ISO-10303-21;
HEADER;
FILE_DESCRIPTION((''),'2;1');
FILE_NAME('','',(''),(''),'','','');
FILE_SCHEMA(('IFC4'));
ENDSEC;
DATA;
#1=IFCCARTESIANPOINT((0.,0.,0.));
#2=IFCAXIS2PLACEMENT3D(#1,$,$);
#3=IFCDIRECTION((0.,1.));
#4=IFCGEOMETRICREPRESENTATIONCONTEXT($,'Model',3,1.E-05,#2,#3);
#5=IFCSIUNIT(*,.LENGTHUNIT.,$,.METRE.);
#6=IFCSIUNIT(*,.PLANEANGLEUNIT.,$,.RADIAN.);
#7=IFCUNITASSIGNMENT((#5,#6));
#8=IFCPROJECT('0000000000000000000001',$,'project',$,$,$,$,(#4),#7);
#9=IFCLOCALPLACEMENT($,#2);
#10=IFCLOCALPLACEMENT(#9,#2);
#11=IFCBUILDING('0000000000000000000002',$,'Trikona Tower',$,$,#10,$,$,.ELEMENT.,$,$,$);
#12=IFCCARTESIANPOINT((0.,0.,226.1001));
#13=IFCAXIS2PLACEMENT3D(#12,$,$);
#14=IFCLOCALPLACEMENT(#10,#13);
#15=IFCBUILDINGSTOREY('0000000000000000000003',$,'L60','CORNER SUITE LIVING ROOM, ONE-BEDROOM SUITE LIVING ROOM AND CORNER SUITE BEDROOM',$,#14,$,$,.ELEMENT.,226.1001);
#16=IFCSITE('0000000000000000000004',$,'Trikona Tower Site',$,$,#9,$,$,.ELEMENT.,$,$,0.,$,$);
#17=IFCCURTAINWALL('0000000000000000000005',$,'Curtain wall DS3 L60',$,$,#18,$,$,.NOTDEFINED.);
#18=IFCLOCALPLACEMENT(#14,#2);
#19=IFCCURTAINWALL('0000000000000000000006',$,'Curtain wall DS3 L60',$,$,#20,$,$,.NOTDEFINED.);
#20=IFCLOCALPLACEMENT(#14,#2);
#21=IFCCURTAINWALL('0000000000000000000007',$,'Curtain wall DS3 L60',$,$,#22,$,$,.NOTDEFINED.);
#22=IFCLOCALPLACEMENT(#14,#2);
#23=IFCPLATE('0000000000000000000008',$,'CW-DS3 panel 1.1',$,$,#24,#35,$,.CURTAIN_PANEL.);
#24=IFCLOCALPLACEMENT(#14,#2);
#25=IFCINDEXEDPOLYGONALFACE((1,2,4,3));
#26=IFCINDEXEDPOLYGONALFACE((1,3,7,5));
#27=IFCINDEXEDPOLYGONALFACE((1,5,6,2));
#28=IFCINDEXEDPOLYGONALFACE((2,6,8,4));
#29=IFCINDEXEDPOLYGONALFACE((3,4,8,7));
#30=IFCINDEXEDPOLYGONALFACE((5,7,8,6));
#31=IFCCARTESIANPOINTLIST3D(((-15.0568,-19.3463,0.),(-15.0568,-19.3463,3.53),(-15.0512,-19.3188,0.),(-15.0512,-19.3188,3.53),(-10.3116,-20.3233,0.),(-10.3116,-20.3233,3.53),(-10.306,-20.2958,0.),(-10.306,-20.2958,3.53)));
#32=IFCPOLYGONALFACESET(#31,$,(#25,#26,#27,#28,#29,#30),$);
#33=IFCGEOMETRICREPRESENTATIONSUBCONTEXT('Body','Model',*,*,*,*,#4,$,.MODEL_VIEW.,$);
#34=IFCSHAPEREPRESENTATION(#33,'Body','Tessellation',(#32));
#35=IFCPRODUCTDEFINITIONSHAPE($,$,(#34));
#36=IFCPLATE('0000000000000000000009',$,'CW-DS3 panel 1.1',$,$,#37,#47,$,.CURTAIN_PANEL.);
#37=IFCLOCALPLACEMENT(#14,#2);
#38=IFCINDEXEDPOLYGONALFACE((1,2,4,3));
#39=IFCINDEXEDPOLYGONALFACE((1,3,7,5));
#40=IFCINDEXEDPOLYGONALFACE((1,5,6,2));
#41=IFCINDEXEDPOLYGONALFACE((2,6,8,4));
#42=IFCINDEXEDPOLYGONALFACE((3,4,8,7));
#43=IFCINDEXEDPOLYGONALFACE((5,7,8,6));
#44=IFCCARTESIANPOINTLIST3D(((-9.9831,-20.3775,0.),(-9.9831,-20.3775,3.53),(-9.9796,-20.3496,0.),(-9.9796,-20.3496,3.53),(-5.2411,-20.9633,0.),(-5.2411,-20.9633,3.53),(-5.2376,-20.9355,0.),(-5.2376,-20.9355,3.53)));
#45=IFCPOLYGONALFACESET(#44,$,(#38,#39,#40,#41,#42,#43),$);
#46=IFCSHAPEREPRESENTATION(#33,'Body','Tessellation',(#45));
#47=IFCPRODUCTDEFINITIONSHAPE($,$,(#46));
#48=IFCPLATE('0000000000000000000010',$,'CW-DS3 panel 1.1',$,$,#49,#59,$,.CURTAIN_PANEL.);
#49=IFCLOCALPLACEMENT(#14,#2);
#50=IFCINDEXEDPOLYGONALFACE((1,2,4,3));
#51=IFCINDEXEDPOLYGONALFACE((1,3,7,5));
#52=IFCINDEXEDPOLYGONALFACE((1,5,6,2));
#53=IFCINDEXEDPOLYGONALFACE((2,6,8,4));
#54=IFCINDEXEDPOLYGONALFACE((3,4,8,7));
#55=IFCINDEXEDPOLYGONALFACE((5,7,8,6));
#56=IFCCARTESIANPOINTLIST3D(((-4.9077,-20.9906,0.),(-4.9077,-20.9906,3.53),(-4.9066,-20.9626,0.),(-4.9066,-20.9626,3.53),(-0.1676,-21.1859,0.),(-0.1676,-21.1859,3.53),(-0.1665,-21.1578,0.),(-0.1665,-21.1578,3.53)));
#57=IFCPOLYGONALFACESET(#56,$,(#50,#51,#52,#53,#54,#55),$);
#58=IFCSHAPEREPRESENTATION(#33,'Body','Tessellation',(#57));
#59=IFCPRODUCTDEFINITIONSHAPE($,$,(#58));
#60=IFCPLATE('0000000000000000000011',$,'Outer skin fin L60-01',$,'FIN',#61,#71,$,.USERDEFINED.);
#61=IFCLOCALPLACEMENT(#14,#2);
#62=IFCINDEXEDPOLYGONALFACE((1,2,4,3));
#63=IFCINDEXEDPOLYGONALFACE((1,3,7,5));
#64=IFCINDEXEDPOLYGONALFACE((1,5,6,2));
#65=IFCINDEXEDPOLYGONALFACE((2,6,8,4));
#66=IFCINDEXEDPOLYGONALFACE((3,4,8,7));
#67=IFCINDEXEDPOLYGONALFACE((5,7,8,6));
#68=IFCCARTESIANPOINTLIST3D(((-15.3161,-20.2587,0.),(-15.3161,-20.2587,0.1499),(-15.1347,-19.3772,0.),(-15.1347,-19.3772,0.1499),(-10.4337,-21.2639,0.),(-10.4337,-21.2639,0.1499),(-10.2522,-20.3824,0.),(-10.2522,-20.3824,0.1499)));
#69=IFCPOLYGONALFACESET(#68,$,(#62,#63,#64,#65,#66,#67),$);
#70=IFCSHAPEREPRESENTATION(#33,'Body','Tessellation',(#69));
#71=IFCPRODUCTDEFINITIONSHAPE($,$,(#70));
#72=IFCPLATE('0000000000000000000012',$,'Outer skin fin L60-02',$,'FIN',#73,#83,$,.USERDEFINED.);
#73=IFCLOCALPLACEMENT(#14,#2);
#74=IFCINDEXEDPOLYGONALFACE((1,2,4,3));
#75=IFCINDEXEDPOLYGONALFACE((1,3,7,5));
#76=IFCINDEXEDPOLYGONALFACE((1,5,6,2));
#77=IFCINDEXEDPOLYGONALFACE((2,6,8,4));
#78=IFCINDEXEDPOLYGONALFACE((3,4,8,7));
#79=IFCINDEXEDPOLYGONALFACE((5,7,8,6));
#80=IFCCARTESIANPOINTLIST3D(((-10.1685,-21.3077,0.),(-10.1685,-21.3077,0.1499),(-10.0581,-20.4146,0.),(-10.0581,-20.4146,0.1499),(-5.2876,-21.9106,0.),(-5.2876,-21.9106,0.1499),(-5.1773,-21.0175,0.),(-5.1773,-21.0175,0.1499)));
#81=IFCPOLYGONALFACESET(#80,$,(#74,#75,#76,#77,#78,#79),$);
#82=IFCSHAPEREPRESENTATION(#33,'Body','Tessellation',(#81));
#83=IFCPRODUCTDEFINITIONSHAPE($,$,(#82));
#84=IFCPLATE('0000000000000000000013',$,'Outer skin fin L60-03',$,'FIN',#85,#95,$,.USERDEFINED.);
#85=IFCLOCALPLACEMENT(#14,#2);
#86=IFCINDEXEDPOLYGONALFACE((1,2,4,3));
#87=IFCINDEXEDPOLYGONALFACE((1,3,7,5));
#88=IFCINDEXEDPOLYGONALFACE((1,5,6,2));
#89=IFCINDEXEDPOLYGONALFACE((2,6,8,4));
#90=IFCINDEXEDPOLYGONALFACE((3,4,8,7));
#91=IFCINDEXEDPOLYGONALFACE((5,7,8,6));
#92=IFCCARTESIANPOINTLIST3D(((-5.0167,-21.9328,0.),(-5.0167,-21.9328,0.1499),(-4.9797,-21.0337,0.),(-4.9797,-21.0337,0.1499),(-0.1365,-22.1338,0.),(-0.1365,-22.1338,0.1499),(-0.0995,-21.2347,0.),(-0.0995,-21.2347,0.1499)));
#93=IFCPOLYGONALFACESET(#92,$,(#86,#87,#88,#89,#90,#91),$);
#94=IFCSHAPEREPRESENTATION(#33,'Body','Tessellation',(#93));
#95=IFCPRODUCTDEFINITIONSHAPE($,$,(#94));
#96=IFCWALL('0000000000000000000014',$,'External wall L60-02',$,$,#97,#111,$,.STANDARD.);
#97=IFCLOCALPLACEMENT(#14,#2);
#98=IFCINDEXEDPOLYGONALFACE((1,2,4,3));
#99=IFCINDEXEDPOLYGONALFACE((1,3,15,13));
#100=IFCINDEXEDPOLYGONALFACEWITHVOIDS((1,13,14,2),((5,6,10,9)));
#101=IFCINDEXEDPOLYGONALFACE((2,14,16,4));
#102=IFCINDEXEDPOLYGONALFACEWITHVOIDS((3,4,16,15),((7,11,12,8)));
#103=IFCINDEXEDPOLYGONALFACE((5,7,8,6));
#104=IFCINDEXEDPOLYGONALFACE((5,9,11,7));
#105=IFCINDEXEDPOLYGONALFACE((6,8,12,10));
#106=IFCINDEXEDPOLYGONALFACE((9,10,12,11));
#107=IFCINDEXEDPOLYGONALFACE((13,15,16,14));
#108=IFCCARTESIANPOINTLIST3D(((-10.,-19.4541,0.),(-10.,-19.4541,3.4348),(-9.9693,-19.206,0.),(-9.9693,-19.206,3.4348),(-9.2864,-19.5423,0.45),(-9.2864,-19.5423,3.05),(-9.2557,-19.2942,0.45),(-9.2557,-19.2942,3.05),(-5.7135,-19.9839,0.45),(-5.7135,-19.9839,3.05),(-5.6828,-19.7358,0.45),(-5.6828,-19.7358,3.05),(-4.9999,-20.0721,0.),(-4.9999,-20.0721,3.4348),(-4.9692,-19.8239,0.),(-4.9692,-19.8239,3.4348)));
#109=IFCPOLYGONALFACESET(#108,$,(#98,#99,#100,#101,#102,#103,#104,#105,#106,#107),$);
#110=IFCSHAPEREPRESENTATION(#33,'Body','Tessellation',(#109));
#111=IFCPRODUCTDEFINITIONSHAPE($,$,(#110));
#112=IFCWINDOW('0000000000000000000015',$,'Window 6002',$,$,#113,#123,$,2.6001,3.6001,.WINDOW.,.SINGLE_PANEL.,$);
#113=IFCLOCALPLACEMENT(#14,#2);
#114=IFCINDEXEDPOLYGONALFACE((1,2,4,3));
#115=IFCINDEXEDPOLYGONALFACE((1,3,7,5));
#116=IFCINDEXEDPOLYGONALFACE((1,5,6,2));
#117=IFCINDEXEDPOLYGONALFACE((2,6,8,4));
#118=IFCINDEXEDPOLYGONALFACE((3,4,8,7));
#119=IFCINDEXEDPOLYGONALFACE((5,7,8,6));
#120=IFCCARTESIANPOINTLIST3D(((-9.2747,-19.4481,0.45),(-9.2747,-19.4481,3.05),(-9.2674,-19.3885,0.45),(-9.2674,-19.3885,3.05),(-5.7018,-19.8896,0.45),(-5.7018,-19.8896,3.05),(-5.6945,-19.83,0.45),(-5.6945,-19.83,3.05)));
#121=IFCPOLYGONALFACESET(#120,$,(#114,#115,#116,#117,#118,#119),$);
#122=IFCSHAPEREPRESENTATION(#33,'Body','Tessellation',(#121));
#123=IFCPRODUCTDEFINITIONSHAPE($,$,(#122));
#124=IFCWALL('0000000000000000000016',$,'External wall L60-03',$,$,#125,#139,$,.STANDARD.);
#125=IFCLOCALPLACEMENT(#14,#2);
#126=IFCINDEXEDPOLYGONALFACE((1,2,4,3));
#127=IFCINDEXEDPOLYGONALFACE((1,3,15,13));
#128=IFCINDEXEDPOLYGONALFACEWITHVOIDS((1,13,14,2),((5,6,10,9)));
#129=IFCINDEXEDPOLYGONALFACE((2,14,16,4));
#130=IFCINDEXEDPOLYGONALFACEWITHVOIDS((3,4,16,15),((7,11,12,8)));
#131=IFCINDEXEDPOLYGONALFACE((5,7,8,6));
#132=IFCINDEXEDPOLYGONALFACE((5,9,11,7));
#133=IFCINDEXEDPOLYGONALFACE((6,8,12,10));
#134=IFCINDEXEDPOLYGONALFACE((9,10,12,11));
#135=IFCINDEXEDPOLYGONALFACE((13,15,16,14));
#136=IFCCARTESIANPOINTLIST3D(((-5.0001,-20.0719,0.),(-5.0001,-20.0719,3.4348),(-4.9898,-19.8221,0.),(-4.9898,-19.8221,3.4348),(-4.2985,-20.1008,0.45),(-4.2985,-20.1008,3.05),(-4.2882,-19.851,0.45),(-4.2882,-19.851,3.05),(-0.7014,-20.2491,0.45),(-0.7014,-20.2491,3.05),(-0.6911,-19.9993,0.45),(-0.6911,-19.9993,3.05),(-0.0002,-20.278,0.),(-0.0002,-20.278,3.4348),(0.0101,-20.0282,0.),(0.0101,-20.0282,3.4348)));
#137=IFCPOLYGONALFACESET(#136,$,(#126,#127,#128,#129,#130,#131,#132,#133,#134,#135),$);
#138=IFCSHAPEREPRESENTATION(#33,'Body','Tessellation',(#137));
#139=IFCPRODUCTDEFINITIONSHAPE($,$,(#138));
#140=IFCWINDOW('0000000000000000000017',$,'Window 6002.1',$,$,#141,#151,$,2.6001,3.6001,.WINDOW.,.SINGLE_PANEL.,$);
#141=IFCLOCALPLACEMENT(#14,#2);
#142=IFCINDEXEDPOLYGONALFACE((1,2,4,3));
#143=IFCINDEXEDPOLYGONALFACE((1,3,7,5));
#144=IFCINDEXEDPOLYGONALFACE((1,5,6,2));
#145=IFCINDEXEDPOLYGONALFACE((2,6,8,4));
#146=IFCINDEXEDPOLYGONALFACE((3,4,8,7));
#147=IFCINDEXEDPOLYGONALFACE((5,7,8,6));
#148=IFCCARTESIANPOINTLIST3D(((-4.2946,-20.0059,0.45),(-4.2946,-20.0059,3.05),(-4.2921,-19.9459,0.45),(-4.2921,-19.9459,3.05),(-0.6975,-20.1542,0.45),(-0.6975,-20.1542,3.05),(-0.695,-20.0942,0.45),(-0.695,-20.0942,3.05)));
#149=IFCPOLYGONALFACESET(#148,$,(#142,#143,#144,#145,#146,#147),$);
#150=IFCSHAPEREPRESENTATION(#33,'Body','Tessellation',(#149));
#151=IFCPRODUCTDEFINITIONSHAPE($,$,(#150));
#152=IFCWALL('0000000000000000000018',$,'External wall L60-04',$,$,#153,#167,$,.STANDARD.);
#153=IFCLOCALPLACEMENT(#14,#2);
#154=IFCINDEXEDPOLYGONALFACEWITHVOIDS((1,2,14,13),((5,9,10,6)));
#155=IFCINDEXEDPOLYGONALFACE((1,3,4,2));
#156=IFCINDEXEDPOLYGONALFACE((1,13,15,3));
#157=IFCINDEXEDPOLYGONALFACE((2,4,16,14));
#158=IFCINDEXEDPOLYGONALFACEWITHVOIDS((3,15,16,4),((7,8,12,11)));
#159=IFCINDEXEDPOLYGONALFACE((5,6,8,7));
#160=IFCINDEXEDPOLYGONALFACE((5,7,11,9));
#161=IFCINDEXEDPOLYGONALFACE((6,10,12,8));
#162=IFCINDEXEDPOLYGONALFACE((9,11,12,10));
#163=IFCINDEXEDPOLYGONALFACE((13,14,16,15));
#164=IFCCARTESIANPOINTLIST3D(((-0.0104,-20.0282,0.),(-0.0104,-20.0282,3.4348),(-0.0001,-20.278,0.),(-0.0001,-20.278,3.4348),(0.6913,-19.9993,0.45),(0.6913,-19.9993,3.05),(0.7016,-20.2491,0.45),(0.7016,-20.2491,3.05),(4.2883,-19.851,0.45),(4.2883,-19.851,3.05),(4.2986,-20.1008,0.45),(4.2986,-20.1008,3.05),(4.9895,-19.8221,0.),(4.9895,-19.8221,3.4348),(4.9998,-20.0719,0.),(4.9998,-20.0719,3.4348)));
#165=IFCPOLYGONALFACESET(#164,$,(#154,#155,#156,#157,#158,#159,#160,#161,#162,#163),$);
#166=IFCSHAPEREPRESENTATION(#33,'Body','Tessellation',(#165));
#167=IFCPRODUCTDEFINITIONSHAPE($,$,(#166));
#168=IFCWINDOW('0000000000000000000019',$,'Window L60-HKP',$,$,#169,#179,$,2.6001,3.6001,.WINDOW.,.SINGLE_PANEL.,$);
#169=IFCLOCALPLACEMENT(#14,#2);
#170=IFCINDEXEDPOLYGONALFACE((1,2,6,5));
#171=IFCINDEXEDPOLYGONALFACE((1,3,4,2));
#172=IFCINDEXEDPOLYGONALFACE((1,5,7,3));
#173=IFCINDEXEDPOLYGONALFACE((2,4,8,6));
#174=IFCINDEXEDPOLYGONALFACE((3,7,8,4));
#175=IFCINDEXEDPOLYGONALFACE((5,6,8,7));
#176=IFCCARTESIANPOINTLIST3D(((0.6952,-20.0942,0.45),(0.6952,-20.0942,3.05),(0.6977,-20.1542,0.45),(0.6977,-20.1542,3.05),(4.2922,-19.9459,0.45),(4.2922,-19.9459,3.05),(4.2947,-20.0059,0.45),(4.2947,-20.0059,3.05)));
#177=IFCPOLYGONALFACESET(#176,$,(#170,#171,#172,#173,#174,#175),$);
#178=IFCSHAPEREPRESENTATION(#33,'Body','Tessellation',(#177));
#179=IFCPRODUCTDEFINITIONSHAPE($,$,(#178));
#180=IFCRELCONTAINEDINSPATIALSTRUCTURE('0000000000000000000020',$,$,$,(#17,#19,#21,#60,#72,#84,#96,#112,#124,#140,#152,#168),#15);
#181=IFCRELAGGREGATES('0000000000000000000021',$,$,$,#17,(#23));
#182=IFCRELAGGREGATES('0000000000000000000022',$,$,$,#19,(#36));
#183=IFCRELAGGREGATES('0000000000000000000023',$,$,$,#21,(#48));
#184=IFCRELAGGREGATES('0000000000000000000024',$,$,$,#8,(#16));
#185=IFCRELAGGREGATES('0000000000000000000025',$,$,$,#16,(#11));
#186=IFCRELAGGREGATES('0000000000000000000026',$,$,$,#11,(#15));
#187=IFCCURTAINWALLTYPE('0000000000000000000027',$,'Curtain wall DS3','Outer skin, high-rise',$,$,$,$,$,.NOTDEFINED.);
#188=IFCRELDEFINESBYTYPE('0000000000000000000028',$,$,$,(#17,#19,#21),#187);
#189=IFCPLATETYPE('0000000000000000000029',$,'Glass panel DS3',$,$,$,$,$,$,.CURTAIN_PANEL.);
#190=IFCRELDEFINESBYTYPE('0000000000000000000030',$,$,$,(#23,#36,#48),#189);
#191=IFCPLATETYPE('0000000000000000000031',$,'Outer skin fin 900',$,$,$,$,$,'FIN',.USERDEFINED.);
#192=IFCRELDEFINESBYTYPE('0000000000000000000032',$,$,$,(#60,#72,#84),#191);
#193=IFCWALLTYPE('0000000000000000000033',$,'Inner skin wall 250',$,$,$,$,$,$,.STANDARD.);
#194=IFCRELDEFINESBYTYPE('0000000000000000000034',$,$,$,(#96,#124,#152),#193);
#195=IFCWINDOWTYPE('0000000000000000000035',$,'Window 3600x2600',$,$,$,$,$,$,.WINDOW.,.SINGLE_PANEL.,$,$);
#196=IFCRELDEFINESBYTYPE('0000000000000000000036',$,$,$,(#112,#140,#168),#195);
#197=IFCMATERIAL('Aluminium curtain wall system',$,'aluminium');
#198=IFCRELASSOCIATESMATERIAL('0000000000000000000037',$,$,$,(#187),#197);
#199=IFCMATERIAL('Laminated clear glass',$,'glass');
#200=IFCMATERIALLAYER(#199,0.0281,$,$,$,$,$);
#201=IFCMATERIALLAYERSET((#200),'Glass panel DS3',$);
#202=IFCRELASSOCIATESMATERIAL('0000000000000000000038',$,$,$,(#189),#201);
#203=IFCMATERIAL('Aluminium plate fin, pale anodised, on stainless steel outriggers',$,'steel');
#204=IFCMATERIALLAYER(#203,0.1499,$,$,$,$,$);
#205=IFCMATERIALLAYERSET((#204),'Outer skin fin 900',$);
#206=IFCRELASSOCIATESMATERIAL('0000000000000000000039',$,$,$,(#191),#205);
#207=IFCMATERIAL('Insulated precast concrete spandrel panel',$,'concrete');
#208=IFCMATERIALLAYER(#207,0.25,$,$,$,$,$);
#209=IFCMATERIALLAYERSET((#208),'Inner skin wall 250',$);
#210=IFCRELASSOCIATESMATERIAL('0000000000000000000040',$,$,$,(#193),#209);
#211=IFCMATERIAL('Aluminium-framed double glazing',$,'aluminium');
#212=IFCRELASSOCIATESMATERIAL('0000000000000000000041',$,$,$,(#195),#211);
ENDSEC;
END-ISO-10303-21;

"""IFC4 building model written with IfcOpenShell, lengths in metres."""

from ifc_helpers import new_model, si_unit, direction, frame, frame_2d, origin, origin_2d, place, context, subcontext, project, spatial, rectangle, extrude, material, layer, layer_set, type_object, element, fill, aggregate, save


model = new_model("IFC4")

# Units and contexts
model_context = context("Model", 3, precision=1e-05, world=origin(), true_north=direction((0.0, 1.0)))
body_context = subcontext(model_context, "Body", "Model", "MODEL_VIEW")
ifc_project = project(units=[si_unit("LENGTHUNIT", "METRE"), si_unit("PLANEANGLEUNIT", "RADIAN")], contexts=[model_context])

# Site, building, storey
site_placement = place(None, origin())
site = spatial("IfcSite", under=ifc_project, at=site_placement, Name="Trikona Tower Site", CompositionType="ELEMENT", RefElevation=0.0)
building_placement = place(site_placement, origin())
building = spatial("IfcBuilding", under=site, at=building_placement, Name="Trikona Tower", CompositionType="ELEMENT")
storey_placement = place(building_placement, frame((0.0, 0.0, 226.1001)))
storey = spatial("IfcBuildingStorey", under=building, at=storey_placement, Name="L60", Description="CORNER SUITE LIVING ROOM, ONE-BEDROOM SUITE LIVING ROOM AND CORNER SUITE BEDROOM", CompositionType="ELEMENT", Elevation=226.1001)

# Curtain wall
ifc_material_1 = material(Name="Aluminium curtain wall system", Category="aluminium")
curtain_wall_type = type_object("IfcCurtainWallType", Name="Curtain wall DS3", Description="Outer skin, high-rise", PredefinedType="NOTDEFINED", material=ifc_material_1)
curtain_wall_1_placement = place(storey_placement, origin())
curtain_wall_1 = element("IfcCurtainWall", 1, at=curtain_wall_1_placement, inside=storey, type_object=curtain_wall_type, Name="Curtain wall DS3 L60", PredefinedType="NOTDEFINED")

# Curtain walls
curtain_wall_2_placement = place(storey_placement, origin())
curtain_wall_2 = element("IfcCurtainWall", 2, at=curtain_wall_2_placement, inside=storey, type_object=curtain_wall_type, Name="Curtain wall DS3 L60", PredefinedType="NOTDEFINED")
curtain_wall_3_placement = place(storey_placement, origin())
curtain_wall_3 = element("IfcCurtainWall", 3, at=curtain_wall_3_placement, inside=storey, type_object=curtain_wall_type, Name="Curtain wall DS3 L60", PredefinedType="NOTDEFINED")

# Plates
ifc_material_2 = material(Name="Laminated clear glass", Category="glass")
ifc_layer_1 = layer(ifc_material_2, 0.0281)
ifc_layer_set_1 = layer_set([ifc_layer_1], Name="Glass panel DS3")
plate_type_1 = type_object("IfcPlateType", Name="Glass panel DS3", PredefinedType="CURTAIN_PANEL", material=ifc_layer_set_1)
plate_1_placement = place(storey_placement, frame((-12.6814, -19.821, 0.0), z_axis=(0.0, 0.0, 1.0), x_axis=(0.979457, -0.201653, 0.0)))
plate_1 = element("IfcPlate", 4, at=plate_1_placement, type_object=plate_type_1, Name="CW-DS3 panel 1.1", PredefinedType="CURTAIN_PANEL", context=body_context, shape_type="SweptSolid", body=[
    extrude(rectangle(XDim=4.8447, YDim=0.0281, at=origin_2d()), origin(), (0.0, 0.0, 1.0), 3.53),
])
aggregate(curtain_wall_1, [plate_1])
plate_2_placement = place(storey_placement, frame((-7.6104, -20.6565, 0.0), z_axis=(0.0, 0.0, 1.0), x_axis=(0.992455, -0.122611, 0.0)))
plate_2 = element("IfcPlate", 5, at=plate_2_placement, type_object=plate_type_1, Name="CW-DS3 panel 1.1", PredefinedType="CURTAIN_PANEL", context=body_context, shape_type="SweptSolid", body=[
    extrude(rectangle(XDim=4.7781, YDim=0.0281, at=origin_2d()), origin(), (0.0, 0.0, 1.0), 3.53),
])
aggregate(curtain_wall_2, [plate_2])
plate_3_placement = place(storey_placement, frame((-2.5371, -21.0742, 0.0), z_axis=(0.0, 0.0, 1.0), x_axis=(0.999153, -0.041153, 0.0)))
plate_3 = element("IfcPlate", 6, at=plate_3_placement, type_object=plate_type_1, Name="CW-DS3 panel 1.1", PredefinedType="CURTAIN_PANEL", context=body_context, shape_type="SweptSolid", body=[
    extrude(rectangle(XDim=4.7441, YDim=0.0281, at=origin_2d()), origin(), (0.0, 0.0, 1.0), 3.53),
])
aggregate(curtain_wall_3, [plate_3])

# Plates
ifc_material_3 = material(Name="Aluminium plate fin, pale anodised, on stainless steel outriggers", Category="steel")
ifc_layer_2 = layer(ifc_material_3, 0.1499)
ifc_layer_set_2 = layer_set([ifc_layer_2], Name="Outer skin fin 900")
plate_type_2 = type_object("IfcPlateType", Name="Outer skin fin 900", ElementType="FIN", PredefinedType="USERDEFINED", material=ifc_layer_set_2)
plate_4_placement = place(storey_placement, frame((-12.7842, -20.3206, 0.0), z_axis=(0.0, 0.0, 1.0), x_axis=(0.979458, -0.201651, 0.0)))
element("IfcPlate", 7, at=plate_4_placement, inside=storey, type_object=plate_type_2, Name="Outer skin fin L60-01", ObjectType="FIN", PredefinedType="USERDEFINED", context=body_context, shape_type="SweptSolid", body=[
    extrude(rectangle(XDim=4.9849, YDim=0.8999, at=origin_2d()), origin(), (0.0, 0.0, 1.0), 0.1499),
])
plate_5_placement = place(storey_placement, frame((-7.6729, -21.1626, 0.0), z_axis=(0.0, 0.0, 1.0), x_axis=(0.992455, -0.122607, 0.0)))
element("IfcPlate", 8, at=plate_5_placement, inside=storey, type_object=plate_type_2, Name="Outer skin fin L60-02", ObjectType="FIN", PredefinedType="USERDEFINED", context=body_context, shape_type="SweptSolid", body=[
    extrude(rectangle(XDim=4.918, YDim=0.8999, at=origin_2d()), origin(), (0.0, 0.0, 1.0), 0.1499),
])
plate_6_placement = place(storey_placement, frame((-2.5581, -21.5837, 0.0), z_axis=(0.0, 0.0, 1.0), x_axis=(0.999153, -0.041145, 0.0)))
element("IfcPlate", 9, at=plate_6_placement, inside=storey, type_object=plate_type_2, Name="Outer skin fin L60-03", ObjectType="FIN", PredefinedType="USERDEFINED", context=body_context, shape_type="SweptSolid", body=[
    extrude(rectangle(XDim=4.8843, YDim=0.8999, at=origin_2d()), origin(), (0.0, 0.0, 1.0), 0.1499),
])

# Walls, openings, windows
ifc_material_4 = material(Name="Insulated precast concrete spandrel panel", Category="concrete")
ifc_layer_3 = layer(ifc_material_4, 0.25)
ifc_layer_set_3 = layer_set([ifc_layer_3], Name="Inner skin wall 250")
wall_type = type_object("IfcWallType", Name="Inner skin wall 250", PredefinedType="STANDARD", material=ifc_layer_set_3)
wall_1_placement = place(storey_placement, frame((-9.9846, -19.3301, 0.0), z_axis=(0.0, 0.0, 1.0), x_axis=(0.99245, -0.122651, 0.0)))
wall_1 = element("IfcWall", 10, at=wall_1_placement, inside=storey, type_object=wall_type, Name="External wall L60-02", PredefinedType="STANDARD", context=body_context, shape_type="SweptSolid", body=[
    extrude(rectangle(XDim=5.0381, YDim=0.25, at=frame_2d((2.519, 0.0))), origin(), (0.0, 0.0, 1.0), 3.4348),
])
opening_1_placement = place(wall_1_placement, frame((0.719, 0.0, 0.45)))
opening_1 = element("IfcOpeningElement", 11, at=opening_1_placement, cuts=wall_1, PredefinedType="OPENING", context=body_context, shape_type="SweptSolid", body=[
    extrude(rectangle(XDim=3.6001, YDim=2.6001, at=frame_2d((1.8, 1.3))), frame((0.0, 0.135, 0.0), z_axis=(0.0, -1.0, 0.0), x_axis=(1.0, 0.0, 0.0)), (0.0, 0.0, 1.0), 0.27),
])
ifc_material_5 = material(Name="Aluminium-framed double glazing", Category="aluminium")
window_type = type_object("IfcWindowType", Name="Window 3600x2600", PartitioningType="SINGLE_PANEL", PredefinedType="WINDOW", material=ifc_material_5)
window_1_placement = place(opening_1_placement, origin())
window_1 = element("IfcWindow", 12, at=window_1_placement, inside=storey, type_object=window_type, Name="Window 6002", OverallHeight=2.6001, OverallWidth=3.6001, PartitioningType="SINGLE_PANEL", PredefinedType="WINDOW", context=body_context, shape_type="SweptSolid", body=[
    extrude(rectangle(XDim=3.6001, YDim=2.6001, at=frame_2d((1.8, 1.3))), frame((0.0, 0.03, 0.0), z_axis=(0.0, -1.0, 0.0), x_axis=(1.0, 0.0, 0.0)), (0.0, 0.0, 1.0), 0.0601),
])
fill(opening_1, window_1)
wall_2_placement = place(storey_placement, frame((-4.9949, -19.947, 0.0), z_axis=(0.0, 0.0, 1.0), x_axis=(0.999152, -0.041176, 0.0)))
wall_2 = element("IfcWall", 13, at=wall_2_placement, inside=storey, type_object=wall_type, Name="External wall L60-03", PredefinedType="STANDARD", context=body_context, shape_type="SweptSolid", body=[
    extrude(rectangle(XDim=5.0042, YDim=0.25, at=frame_2d((2.502, 0.0))), origin(), (0.0, 0.0, 1.0), 3.4348),
])
opening_2_placement = place(wall_2_placement, frame((0.7021, 0.0, 0.45)))
opening_2 = element("IfcOpeningElement", 14, at=opening_2_placement, cuts=wall_2, PredefinedType="OPENING", context=body_context, shape_type="SweptSolid", body=[
    extrude(rectangle(XDim=3.6001, YDim=2.6001, at=frame_2d((1.8, 1.3))), frame((0.0, 0.135, 0.0), z_axis=(0.0, -1.0, 0.0), x_axis=(1.0, 0.0, 0.0)), (0.0, 0.0, 1.0), 0.27),
])
window_2_placement = place(opening_2_placement, origin())
window_2 = element("IfcWindow", 15, at=window_2_placement, inside=storey, type_object=window_type, Name="Window 6002.1", OverallHeight=2.6001, OverallWidth=3.6001, PartitioningType="SINGLE_PANEL", PredefinedType="WINDOW", context=body_context, shape_type="SweptSolid", body=[
    extrude(rectangle(XDim=3.6001, YDim=2.6001, at=frame_2d((1.8, 1.3))), frame((0.0, 0.03, 0.0), z_axis=(0.0, -1.0, 0.0), x_axis=(1.0, 0.0, 0.0)), (0.0, 0.0, 1.0), 0.0601),
])
fill(opening_2, window_2)
wall_3_placement = place(storey_placement, frame((-0.0051, -20.1531, 0.0), z_axis=(0.0, 0.0, 1.0), x_axis=(0.999152, 0.041176, 0.0)))
wall_3 = element("IfcWall", 16, at=wall_3_placement, inside=storey, type_object=wall_type, Name="External wall L60-04", PredefinedType="STANDARD", context=body_context, shape_type="SweptSolid", body=[
    extrude(rectangle(XDim=5.0042, YDim=0.25, at=frame_2d((2.502, 0.0))), origin(), (0.0, 0.0, 1.0), 3.4348),
])
opening_3_placement = place(wall_3_placement, frame((0.7021, 0.0, 0.45)))
opening_3 = element("IfcOpeningElement", 17, at=opening_3_placement, cuts=wall_3, PredefinedType="OPENING", context=body_context, shape_type="SweptSolid", body=[
    extrude(rectangle(XDim=3.6001, YDim=2.6001, at=frame_2d((1.8, 1.3))), frame((0.0, 0.135, 0.0), z_axis=(0.0, -1.0, 0.0), x_axis=(1.0, 0.0, 0.0)), (0.0, 0.0, 1.0), 0.27),
])
window_3_placement = place(opening_3_placement, origin())
window_3 = element("IfcWindow", 18, at=window_3_placement, inside=storey, type_object=window_type, Name="Window L60-HKP", OverallHeight=2.6001, OverallWidth=3.6001, PartitioningType="SINGLE_PANEL", PredefinedType="WINDOW", context=body_context, shape_type="SweptSolid", body=[
    extrude(rectangle(XDim=3.6001, YDim=2.6001, at=frame_2d((1.8, 1.3))), frame((0.0, 0.03, 0.0), z_axis=(0.0, -1.0, 0.0), x_axis=(1.0, 0.0, 0.0)), (0.0, 0.0, 1.0), 0.0601),
])
fill(opening_3, window_3)

save(model, "model.ifc")
